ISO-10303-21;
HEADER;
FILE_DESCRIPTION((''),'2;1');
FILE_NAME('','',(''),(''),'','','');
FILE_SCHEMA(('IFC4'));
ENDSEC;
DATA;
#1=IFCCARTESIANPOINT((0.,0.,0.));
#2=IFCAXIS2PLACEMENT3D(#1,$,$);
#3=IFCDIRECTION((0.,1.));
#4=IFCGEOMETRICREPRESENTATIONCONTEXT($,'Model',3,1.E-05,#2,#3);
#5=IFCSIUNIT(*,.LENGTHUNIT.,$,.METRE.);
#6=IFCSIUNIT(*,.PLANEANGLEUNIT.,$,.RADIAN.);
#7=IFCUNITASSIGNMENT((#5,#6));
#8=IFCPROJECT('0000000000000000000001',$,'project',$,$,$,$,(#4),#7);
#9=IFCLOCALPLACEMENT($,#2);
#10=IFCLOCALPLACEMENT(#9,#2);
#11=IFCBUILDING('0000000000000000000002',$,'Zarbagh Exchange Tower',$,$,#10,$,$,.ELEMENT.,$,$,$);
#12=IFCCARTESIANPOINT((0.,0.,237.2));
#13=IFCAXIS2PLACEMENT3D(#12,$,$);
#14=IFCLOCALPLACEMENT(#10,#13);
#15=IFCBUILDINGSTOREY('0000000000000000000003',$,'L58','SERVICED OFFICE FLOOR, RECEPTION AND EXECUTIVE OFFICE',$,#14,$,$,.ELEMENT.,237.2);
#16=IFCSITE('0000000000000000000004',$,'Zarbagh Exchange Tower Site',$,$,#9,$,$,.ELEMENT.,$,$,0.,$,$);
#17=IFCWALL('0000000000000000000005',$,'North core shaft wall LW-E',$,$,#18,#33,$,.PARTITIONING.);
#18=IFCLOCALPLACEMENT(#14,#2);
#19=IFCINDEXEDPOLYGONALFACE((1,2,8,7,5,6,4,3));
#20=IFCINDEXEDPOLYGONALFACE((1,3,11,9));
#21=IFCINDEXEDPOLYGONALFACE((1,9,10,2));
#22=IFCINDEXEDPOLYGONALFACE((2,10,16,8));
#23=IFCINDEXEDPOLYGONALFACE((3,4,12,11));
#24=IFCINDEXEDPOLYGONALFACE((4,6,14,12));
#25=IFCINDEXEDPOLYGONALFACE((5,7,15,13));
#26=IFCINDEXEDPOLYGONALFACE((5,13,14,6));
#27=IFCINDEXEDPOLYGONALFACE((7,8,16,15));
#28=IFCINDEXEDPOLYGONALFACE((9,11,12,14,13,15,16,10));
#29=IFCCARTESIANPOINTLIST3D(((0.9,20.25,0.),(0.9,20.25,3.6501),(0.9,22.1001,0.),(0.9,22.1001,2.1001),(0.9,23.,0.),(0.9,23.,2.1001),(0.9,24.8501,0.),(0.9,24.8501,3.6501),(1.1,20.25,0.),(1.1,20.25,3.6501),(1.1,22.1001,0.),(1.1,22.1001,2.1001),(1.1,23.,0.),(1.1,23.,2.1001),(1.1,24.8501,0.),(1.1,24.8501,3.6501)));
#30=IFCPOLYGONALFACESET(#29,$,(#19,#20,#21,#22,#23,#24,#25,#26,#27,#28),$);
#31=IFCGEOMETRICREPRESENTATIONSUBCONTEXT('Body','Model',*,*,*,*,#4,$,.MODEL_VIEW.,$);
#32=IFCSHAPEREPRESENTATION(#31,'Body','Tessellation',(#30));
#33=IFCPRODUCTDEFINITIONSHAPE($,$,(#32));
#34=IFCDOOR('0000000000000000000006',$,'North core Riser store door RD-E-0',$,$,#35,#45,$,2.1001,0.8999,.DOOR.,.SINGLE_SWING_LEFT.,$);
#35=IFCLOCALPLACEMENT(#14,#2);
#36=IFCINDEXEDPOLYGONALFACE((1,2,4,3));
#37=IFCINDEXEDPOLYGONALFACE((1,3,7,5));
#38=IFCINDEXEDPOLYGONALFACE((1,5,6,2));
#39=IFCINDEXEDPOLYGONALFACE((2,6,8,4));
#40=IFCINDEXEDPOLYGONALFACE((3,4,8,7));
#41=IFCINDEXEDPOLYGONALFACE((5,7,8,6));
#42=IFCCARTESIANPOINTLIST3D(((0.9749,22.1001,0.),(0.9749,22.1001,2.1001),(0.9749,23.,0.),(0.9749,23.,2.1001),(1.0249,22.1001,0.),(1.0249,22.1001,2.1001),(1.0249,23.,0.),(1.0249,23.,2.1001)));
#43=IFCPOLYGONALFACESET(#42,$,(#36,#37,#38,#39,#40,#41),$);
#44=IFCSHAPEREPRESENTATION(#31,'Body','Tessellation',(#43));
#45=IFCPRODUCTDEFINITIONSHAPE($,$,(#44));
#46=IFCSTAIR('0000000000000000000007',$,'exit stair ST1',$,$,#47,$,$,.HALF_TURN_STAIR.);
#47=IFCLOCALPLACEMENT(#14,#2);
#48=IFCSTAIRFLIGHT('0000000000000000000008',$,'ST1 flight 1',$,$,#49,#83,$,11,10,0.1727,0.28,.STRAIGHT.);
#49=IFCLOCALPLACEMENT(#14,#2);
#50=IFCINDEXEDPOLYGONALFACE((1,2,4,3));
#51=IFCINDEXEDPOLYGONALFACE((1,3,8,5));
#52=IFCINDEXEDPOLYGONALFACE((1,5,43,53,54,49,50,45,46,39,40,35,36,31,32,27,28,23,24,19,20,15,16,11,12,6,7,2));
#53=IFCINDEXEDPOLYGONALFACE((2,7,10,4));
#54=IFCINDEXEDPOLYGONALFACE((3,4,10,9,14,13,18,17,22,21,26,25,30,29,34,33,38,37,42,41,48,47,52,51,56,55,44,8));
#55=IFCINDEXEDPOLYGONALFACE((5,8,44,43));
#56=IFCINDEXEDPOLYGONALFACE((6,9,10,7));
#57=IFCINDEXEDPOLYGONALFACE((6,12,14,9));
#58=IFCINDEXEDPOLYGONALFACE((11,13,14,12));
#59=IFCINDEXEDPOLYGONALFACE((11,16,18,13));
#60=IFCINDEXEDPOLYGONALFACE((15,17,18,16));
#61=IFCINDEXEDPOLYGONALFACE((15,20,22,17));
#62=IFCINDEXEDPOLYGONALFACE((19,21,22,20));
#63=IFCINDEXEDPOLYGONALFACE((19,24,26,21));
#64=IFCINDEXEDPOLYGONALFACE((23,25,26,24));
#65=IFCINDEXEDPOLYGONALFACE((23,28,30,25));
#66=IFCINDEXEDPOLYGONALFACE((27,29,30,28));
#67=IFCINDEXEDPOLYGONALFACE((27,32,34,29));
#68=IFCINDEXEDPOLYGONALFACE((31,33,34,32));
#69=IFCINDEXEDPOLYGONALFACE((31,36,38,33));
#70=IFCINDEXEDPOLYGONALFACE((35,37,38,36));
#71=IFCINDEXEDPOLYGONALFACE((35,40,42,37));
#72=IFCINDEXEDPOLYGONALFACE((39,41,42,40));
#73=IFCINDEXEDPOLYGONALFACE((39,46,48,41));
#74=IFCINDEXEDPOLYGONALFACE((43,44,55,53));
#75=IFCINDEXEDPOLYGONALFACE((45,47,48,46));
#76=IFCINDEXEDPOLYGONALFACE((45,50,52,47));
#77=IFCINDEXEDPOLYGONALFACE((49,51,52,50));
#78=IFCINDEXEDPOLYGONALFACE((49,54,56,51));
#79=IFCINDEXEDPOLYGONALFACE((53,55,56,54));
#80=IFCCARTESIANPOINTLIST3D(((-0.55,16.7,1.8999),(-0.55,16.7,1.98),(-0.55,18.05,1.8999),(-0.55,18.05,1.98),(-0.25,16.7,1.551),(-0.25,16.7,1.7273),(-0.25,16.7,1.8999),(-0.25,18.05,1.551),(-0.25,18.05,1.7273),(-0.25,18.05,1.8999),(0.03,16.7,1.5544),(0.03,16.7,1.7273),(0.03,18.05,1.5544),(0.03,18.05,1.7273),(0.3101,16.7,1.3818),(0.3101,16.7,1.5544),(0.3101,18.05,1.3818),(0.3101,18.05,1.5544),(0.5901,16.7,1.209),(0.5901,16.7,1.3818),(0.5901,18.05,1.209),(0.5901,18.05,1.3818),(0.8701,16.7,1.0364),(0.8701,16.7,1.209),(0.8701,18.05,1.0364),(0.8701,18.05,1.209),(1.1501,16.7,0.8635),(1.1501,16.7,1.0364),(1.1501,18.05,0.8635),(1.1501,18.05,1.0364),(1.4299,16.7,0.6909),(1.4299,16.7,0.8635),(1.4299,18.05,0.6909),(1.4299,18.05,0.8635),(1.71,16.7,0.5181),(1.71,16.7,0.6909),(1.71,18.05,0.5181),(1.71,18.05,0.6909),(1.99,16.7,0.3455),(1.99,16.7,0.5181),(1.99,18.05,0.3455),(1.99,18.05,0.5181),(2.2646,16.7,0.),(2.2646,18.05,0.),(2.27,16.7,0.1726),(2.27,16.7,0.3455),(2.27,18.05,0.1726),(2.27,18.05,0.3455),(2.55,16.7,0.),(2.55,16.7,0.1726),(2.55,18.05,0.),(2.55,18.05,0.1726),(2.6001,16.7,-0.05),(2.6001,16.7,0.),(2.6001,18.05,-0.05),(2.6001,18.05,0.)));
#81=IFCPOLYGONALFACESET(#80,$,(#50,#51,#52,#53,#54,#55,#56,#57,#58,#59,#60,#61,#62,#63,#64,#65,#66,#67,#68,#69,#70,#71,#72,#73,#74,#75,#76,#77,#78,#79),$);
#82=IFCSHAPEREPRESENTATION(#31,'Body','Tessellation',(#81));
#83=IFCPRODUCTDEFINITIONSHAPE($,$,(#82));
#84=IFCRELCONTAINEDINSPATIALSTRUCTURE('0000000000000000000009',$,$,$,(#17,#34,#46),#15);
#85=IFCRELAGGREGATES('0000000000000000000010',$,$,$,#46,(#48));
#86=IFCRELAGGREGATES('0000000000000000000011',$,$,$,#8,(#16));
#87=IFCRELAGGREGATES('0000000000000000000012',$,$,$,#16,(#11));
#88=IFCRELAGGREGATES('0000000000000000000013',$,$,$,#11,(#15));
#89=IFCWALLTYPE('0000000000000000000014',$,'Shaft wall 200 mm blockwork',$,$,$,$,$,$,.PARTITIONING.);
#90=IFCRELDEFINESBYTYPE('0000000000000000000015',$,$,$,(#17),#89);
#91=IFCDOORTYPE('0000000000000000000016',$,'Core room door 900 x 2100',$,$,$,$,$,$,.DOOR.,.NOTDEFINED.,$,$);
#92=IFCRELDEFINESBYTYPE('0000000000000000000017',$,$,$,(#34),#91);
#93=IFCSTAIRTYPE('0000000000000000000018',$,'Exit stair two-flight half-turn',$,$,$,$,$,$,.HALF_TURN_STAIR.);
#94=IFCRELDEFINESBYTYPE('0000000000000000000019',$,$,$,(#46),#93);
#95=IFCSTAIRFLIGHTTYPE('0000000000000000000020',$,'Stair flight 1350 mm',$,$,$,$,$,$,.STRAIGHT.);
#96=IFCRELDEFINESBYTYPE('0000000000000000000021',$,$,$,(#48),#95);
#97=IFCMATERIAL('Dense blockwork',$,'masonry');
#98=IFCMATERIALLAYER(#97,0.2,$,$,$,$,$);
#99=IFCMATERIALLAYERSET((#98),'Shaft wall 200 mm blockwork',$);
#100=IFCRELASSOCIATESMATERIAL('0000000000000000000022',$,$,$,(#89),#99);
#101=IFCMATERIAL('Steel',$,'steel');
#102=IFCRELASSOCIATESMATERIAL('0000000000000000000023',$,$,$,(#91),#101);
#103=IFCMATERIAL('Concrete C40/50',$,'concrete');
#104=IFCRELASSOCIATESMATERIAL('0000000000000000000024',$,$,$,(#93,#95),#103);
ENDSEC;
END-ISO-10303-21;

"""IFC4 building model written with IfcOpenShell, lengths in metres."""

from ifc_helpers import new_model, si_unit, direction, frame, frame_2d, origin, place, context, subcontext, project, spatial, polyline, rectangle, outline, extrude, material, layer, layer_set, type_object, element, fill, aggregate, save


model = new_model("IFC4")

# Units and contexts
model_context = context("Model", 3, precision=1e-05, world=origin(), true_north=direction((0.0, 1.0)))
body_context = subcontext(model_context, "Body", "Model", "MODEL_VIEW")
ifc_project = project(units=[si_unit("LENGTHUNIT", "METRE"), si_unit("PLANEANGLEUNIT", "RADIAN")], contexts=[model_context])

# Site, building, storey
site_placement = place(None, origin())
site = spatial("IfcSite", under=ifc_project, at=site_placement, Name="Zarbagh Exchange Tower Site", CompositionType="ELEMENT", RefElevation=0.0)
building_placement = place(site_placement, origin())
building = spatial("IfcBuilding", under=site, at=building_placement, Name="Zarbagh Exchange Tower", CompositionType="ELEMENT")
storey_placement = place(building_placement, frame((0.0, 0.0, 237.2)))
storey = spatial("IfcBuildingStorey", under=building, at=storey_placement, Name="L58", Description="SERVICED OFFICE FLOOR, RECEPTION AND EXECUTIVE OFFICE", CompositionType="ELEMENT", Elevation=237.2)

# Shared definitions
ifc_material_1 = material(Name="Steel", Category="steel")

# Wall, opening, door
ifc_material_2 = material(Name="Dense blockwork", Category="masonry")
ifc_layer_1 = layer(ifc_material_2, 0.2)
ifc_layer_set_1 = layer_set([ifc_layer_1], Name="Shaft wall 200 mm blockwork")
wall_type_1 = type_object("IfcWallType", Name="Shaft wall 200 mm blockwork", PredefinedType="PARTITIONING", material=ifc_layer_set_1)
wall_1_placement = place(storey_placement, frame((1.0, 24.8501, 0.0), z_axis=(0.0, 0.0, 1.0), x_axis=(0.0, -1.0, 0.0)))
wall_1 = element("IfcWall", 1, at=wall_1_placement, inside=storey, type_object=wall_type_1, Name="North core shaft wall LW-E", PredefinedType="PARTITIONING", context=body_context, shape_type="SweptSolid", body=[
    extrude(rectangle(XDim=4.6001, YDim=0.2, at=frame_2d((2.3, 0.0))), origin(), (0.0, 0.0, 1.0), 3.6501),
])
opening_1_placement = place(wall_1_placement, frame((1.8501, 0.0, 0.0)))
opening_1 = element("IfcOpeningElement", 2, at=opening_1_placement, cuts=wall_1, PredefinedType="OPENING", context=body_context, shape_type="SweptSolid", body=[
    extrude(rectangle(XDim=0.8999, YDim=2.1001, at=frame_2d((0.45, 1.05))), frame((0.0, 0.1099, 0.0), z_axis=(0.0, -1.0, 0.0), x_axis=(1.0, 0.0, 0.0)), (0.0, 0.0, 1.0), 0.22),
])
door_type_1 = type_object("IfcDoorType", Name="Core room door 900 x 2100", OperationType="NOTDEFINED", PredefinedType="DOOR", material=ifc_material_1)
door_1_placement = place(opening_1_placement, origin())
door_1 = element("IfcDoor", 3, at=door_1_placement, inside=storey, type_object=door_type_1, Name="North core Riser store door RD-E-0", OperationType="SINGLE_SWING_LEFT", OverallHeight=2.1001, OverallWidth=0.8999, PredefinedType="DOOR", context=body_context, shape_type="SweptSolid", body=[
    extrude(rectangle(XDim=0.8999, YDim=2.1001, at=frame_2d((0.45, 1.05))), frame((0.0, 0.0249, 0.0), z_axis=(0.0, -1.0, 0.0), x_axis=(1.0, 0.0, 0.0)), (0.0, 0.0, 1.0), 0.05),
])
fill(opening_1, door_1)

# Stair, stair flight
ifc_material_3 = material(Name="Concrete C40/50", Category="concrete")
stair_type = type_object("IfcStairType", Name="Exit stair two-flight half-turn", PredefinedType="HALF_TURN_STAIR", material=ifc_material_3)
stair_placement = place(storey_placement, origin())
stair = element("IfcStair", 4, at=stair_placement, inside=storey, type_object=stair_type, Name="exit stair ST1", PredefinedType="HALF_TURN_STAIR")
stair_flight_type = type_object("IfcStairFlightType", Name="Stair flight 1350 mm", PredefinedType="STRAIGHT", material=ifc_material_3)
stair_flight_placement = place(storey_placement, frame((2.55, 17.375, 0.0), z_axis=(0.0, 0.0, 1.0), x_axis=(-1.0, 0.0, 0.0)))
stair_flight = element("IfcStairFlight", 5, at=stair_flight_placement, type_object=stair_flight_type, Name="ST1 flight 1", NumberOfRisers=11, NumberOfTreads=10, PredefinedType="STRAIGHT", RiserHeight=0.1727, TreadLength=0.28, context=body_context, shape_type="SweptSolid", body=[
    extrude(outline(polyline([(-0.05, -0.05), (-0.05, 0.0), (0.0, 0.0), (0.0, 0.1726), (0.28, 0.1726), (0.28, 0.3455), (0.5601, 0.3455), (0.5601, 0.5181), (0.8401, 0.5181), (0.8401, 0.6909), (1.1201, 0.6909), (1.1201, 0.8635), (1.3999, 0.8635), (1.3999, 1.0364), (1.6799, 1.0364), (1.6799, 1.209), (1.96, 1.209), (1.96, 1.3818), (2.24, 1.3818), (2.24, 1.5544), (2.52, 1.5544), (2.52, 1.7273), (2.8, 1.7273), (2.8, 1.8999), (3.1001, 1.98), (3.1001, 1.8999), (2.8, 1.551), (0.2854, 0.0), (-0.05, -0.05)])), frame((0.0, 0.675, 0.0), z_axis=(0.0, -1.0, 0.0), x_axis=(1.0, 0.0, 0.0)), (0.0, 0.0, 1.0), 1.3501),
])
aggregate(stair, [stair_flight])

save(model, "model.ifc")
